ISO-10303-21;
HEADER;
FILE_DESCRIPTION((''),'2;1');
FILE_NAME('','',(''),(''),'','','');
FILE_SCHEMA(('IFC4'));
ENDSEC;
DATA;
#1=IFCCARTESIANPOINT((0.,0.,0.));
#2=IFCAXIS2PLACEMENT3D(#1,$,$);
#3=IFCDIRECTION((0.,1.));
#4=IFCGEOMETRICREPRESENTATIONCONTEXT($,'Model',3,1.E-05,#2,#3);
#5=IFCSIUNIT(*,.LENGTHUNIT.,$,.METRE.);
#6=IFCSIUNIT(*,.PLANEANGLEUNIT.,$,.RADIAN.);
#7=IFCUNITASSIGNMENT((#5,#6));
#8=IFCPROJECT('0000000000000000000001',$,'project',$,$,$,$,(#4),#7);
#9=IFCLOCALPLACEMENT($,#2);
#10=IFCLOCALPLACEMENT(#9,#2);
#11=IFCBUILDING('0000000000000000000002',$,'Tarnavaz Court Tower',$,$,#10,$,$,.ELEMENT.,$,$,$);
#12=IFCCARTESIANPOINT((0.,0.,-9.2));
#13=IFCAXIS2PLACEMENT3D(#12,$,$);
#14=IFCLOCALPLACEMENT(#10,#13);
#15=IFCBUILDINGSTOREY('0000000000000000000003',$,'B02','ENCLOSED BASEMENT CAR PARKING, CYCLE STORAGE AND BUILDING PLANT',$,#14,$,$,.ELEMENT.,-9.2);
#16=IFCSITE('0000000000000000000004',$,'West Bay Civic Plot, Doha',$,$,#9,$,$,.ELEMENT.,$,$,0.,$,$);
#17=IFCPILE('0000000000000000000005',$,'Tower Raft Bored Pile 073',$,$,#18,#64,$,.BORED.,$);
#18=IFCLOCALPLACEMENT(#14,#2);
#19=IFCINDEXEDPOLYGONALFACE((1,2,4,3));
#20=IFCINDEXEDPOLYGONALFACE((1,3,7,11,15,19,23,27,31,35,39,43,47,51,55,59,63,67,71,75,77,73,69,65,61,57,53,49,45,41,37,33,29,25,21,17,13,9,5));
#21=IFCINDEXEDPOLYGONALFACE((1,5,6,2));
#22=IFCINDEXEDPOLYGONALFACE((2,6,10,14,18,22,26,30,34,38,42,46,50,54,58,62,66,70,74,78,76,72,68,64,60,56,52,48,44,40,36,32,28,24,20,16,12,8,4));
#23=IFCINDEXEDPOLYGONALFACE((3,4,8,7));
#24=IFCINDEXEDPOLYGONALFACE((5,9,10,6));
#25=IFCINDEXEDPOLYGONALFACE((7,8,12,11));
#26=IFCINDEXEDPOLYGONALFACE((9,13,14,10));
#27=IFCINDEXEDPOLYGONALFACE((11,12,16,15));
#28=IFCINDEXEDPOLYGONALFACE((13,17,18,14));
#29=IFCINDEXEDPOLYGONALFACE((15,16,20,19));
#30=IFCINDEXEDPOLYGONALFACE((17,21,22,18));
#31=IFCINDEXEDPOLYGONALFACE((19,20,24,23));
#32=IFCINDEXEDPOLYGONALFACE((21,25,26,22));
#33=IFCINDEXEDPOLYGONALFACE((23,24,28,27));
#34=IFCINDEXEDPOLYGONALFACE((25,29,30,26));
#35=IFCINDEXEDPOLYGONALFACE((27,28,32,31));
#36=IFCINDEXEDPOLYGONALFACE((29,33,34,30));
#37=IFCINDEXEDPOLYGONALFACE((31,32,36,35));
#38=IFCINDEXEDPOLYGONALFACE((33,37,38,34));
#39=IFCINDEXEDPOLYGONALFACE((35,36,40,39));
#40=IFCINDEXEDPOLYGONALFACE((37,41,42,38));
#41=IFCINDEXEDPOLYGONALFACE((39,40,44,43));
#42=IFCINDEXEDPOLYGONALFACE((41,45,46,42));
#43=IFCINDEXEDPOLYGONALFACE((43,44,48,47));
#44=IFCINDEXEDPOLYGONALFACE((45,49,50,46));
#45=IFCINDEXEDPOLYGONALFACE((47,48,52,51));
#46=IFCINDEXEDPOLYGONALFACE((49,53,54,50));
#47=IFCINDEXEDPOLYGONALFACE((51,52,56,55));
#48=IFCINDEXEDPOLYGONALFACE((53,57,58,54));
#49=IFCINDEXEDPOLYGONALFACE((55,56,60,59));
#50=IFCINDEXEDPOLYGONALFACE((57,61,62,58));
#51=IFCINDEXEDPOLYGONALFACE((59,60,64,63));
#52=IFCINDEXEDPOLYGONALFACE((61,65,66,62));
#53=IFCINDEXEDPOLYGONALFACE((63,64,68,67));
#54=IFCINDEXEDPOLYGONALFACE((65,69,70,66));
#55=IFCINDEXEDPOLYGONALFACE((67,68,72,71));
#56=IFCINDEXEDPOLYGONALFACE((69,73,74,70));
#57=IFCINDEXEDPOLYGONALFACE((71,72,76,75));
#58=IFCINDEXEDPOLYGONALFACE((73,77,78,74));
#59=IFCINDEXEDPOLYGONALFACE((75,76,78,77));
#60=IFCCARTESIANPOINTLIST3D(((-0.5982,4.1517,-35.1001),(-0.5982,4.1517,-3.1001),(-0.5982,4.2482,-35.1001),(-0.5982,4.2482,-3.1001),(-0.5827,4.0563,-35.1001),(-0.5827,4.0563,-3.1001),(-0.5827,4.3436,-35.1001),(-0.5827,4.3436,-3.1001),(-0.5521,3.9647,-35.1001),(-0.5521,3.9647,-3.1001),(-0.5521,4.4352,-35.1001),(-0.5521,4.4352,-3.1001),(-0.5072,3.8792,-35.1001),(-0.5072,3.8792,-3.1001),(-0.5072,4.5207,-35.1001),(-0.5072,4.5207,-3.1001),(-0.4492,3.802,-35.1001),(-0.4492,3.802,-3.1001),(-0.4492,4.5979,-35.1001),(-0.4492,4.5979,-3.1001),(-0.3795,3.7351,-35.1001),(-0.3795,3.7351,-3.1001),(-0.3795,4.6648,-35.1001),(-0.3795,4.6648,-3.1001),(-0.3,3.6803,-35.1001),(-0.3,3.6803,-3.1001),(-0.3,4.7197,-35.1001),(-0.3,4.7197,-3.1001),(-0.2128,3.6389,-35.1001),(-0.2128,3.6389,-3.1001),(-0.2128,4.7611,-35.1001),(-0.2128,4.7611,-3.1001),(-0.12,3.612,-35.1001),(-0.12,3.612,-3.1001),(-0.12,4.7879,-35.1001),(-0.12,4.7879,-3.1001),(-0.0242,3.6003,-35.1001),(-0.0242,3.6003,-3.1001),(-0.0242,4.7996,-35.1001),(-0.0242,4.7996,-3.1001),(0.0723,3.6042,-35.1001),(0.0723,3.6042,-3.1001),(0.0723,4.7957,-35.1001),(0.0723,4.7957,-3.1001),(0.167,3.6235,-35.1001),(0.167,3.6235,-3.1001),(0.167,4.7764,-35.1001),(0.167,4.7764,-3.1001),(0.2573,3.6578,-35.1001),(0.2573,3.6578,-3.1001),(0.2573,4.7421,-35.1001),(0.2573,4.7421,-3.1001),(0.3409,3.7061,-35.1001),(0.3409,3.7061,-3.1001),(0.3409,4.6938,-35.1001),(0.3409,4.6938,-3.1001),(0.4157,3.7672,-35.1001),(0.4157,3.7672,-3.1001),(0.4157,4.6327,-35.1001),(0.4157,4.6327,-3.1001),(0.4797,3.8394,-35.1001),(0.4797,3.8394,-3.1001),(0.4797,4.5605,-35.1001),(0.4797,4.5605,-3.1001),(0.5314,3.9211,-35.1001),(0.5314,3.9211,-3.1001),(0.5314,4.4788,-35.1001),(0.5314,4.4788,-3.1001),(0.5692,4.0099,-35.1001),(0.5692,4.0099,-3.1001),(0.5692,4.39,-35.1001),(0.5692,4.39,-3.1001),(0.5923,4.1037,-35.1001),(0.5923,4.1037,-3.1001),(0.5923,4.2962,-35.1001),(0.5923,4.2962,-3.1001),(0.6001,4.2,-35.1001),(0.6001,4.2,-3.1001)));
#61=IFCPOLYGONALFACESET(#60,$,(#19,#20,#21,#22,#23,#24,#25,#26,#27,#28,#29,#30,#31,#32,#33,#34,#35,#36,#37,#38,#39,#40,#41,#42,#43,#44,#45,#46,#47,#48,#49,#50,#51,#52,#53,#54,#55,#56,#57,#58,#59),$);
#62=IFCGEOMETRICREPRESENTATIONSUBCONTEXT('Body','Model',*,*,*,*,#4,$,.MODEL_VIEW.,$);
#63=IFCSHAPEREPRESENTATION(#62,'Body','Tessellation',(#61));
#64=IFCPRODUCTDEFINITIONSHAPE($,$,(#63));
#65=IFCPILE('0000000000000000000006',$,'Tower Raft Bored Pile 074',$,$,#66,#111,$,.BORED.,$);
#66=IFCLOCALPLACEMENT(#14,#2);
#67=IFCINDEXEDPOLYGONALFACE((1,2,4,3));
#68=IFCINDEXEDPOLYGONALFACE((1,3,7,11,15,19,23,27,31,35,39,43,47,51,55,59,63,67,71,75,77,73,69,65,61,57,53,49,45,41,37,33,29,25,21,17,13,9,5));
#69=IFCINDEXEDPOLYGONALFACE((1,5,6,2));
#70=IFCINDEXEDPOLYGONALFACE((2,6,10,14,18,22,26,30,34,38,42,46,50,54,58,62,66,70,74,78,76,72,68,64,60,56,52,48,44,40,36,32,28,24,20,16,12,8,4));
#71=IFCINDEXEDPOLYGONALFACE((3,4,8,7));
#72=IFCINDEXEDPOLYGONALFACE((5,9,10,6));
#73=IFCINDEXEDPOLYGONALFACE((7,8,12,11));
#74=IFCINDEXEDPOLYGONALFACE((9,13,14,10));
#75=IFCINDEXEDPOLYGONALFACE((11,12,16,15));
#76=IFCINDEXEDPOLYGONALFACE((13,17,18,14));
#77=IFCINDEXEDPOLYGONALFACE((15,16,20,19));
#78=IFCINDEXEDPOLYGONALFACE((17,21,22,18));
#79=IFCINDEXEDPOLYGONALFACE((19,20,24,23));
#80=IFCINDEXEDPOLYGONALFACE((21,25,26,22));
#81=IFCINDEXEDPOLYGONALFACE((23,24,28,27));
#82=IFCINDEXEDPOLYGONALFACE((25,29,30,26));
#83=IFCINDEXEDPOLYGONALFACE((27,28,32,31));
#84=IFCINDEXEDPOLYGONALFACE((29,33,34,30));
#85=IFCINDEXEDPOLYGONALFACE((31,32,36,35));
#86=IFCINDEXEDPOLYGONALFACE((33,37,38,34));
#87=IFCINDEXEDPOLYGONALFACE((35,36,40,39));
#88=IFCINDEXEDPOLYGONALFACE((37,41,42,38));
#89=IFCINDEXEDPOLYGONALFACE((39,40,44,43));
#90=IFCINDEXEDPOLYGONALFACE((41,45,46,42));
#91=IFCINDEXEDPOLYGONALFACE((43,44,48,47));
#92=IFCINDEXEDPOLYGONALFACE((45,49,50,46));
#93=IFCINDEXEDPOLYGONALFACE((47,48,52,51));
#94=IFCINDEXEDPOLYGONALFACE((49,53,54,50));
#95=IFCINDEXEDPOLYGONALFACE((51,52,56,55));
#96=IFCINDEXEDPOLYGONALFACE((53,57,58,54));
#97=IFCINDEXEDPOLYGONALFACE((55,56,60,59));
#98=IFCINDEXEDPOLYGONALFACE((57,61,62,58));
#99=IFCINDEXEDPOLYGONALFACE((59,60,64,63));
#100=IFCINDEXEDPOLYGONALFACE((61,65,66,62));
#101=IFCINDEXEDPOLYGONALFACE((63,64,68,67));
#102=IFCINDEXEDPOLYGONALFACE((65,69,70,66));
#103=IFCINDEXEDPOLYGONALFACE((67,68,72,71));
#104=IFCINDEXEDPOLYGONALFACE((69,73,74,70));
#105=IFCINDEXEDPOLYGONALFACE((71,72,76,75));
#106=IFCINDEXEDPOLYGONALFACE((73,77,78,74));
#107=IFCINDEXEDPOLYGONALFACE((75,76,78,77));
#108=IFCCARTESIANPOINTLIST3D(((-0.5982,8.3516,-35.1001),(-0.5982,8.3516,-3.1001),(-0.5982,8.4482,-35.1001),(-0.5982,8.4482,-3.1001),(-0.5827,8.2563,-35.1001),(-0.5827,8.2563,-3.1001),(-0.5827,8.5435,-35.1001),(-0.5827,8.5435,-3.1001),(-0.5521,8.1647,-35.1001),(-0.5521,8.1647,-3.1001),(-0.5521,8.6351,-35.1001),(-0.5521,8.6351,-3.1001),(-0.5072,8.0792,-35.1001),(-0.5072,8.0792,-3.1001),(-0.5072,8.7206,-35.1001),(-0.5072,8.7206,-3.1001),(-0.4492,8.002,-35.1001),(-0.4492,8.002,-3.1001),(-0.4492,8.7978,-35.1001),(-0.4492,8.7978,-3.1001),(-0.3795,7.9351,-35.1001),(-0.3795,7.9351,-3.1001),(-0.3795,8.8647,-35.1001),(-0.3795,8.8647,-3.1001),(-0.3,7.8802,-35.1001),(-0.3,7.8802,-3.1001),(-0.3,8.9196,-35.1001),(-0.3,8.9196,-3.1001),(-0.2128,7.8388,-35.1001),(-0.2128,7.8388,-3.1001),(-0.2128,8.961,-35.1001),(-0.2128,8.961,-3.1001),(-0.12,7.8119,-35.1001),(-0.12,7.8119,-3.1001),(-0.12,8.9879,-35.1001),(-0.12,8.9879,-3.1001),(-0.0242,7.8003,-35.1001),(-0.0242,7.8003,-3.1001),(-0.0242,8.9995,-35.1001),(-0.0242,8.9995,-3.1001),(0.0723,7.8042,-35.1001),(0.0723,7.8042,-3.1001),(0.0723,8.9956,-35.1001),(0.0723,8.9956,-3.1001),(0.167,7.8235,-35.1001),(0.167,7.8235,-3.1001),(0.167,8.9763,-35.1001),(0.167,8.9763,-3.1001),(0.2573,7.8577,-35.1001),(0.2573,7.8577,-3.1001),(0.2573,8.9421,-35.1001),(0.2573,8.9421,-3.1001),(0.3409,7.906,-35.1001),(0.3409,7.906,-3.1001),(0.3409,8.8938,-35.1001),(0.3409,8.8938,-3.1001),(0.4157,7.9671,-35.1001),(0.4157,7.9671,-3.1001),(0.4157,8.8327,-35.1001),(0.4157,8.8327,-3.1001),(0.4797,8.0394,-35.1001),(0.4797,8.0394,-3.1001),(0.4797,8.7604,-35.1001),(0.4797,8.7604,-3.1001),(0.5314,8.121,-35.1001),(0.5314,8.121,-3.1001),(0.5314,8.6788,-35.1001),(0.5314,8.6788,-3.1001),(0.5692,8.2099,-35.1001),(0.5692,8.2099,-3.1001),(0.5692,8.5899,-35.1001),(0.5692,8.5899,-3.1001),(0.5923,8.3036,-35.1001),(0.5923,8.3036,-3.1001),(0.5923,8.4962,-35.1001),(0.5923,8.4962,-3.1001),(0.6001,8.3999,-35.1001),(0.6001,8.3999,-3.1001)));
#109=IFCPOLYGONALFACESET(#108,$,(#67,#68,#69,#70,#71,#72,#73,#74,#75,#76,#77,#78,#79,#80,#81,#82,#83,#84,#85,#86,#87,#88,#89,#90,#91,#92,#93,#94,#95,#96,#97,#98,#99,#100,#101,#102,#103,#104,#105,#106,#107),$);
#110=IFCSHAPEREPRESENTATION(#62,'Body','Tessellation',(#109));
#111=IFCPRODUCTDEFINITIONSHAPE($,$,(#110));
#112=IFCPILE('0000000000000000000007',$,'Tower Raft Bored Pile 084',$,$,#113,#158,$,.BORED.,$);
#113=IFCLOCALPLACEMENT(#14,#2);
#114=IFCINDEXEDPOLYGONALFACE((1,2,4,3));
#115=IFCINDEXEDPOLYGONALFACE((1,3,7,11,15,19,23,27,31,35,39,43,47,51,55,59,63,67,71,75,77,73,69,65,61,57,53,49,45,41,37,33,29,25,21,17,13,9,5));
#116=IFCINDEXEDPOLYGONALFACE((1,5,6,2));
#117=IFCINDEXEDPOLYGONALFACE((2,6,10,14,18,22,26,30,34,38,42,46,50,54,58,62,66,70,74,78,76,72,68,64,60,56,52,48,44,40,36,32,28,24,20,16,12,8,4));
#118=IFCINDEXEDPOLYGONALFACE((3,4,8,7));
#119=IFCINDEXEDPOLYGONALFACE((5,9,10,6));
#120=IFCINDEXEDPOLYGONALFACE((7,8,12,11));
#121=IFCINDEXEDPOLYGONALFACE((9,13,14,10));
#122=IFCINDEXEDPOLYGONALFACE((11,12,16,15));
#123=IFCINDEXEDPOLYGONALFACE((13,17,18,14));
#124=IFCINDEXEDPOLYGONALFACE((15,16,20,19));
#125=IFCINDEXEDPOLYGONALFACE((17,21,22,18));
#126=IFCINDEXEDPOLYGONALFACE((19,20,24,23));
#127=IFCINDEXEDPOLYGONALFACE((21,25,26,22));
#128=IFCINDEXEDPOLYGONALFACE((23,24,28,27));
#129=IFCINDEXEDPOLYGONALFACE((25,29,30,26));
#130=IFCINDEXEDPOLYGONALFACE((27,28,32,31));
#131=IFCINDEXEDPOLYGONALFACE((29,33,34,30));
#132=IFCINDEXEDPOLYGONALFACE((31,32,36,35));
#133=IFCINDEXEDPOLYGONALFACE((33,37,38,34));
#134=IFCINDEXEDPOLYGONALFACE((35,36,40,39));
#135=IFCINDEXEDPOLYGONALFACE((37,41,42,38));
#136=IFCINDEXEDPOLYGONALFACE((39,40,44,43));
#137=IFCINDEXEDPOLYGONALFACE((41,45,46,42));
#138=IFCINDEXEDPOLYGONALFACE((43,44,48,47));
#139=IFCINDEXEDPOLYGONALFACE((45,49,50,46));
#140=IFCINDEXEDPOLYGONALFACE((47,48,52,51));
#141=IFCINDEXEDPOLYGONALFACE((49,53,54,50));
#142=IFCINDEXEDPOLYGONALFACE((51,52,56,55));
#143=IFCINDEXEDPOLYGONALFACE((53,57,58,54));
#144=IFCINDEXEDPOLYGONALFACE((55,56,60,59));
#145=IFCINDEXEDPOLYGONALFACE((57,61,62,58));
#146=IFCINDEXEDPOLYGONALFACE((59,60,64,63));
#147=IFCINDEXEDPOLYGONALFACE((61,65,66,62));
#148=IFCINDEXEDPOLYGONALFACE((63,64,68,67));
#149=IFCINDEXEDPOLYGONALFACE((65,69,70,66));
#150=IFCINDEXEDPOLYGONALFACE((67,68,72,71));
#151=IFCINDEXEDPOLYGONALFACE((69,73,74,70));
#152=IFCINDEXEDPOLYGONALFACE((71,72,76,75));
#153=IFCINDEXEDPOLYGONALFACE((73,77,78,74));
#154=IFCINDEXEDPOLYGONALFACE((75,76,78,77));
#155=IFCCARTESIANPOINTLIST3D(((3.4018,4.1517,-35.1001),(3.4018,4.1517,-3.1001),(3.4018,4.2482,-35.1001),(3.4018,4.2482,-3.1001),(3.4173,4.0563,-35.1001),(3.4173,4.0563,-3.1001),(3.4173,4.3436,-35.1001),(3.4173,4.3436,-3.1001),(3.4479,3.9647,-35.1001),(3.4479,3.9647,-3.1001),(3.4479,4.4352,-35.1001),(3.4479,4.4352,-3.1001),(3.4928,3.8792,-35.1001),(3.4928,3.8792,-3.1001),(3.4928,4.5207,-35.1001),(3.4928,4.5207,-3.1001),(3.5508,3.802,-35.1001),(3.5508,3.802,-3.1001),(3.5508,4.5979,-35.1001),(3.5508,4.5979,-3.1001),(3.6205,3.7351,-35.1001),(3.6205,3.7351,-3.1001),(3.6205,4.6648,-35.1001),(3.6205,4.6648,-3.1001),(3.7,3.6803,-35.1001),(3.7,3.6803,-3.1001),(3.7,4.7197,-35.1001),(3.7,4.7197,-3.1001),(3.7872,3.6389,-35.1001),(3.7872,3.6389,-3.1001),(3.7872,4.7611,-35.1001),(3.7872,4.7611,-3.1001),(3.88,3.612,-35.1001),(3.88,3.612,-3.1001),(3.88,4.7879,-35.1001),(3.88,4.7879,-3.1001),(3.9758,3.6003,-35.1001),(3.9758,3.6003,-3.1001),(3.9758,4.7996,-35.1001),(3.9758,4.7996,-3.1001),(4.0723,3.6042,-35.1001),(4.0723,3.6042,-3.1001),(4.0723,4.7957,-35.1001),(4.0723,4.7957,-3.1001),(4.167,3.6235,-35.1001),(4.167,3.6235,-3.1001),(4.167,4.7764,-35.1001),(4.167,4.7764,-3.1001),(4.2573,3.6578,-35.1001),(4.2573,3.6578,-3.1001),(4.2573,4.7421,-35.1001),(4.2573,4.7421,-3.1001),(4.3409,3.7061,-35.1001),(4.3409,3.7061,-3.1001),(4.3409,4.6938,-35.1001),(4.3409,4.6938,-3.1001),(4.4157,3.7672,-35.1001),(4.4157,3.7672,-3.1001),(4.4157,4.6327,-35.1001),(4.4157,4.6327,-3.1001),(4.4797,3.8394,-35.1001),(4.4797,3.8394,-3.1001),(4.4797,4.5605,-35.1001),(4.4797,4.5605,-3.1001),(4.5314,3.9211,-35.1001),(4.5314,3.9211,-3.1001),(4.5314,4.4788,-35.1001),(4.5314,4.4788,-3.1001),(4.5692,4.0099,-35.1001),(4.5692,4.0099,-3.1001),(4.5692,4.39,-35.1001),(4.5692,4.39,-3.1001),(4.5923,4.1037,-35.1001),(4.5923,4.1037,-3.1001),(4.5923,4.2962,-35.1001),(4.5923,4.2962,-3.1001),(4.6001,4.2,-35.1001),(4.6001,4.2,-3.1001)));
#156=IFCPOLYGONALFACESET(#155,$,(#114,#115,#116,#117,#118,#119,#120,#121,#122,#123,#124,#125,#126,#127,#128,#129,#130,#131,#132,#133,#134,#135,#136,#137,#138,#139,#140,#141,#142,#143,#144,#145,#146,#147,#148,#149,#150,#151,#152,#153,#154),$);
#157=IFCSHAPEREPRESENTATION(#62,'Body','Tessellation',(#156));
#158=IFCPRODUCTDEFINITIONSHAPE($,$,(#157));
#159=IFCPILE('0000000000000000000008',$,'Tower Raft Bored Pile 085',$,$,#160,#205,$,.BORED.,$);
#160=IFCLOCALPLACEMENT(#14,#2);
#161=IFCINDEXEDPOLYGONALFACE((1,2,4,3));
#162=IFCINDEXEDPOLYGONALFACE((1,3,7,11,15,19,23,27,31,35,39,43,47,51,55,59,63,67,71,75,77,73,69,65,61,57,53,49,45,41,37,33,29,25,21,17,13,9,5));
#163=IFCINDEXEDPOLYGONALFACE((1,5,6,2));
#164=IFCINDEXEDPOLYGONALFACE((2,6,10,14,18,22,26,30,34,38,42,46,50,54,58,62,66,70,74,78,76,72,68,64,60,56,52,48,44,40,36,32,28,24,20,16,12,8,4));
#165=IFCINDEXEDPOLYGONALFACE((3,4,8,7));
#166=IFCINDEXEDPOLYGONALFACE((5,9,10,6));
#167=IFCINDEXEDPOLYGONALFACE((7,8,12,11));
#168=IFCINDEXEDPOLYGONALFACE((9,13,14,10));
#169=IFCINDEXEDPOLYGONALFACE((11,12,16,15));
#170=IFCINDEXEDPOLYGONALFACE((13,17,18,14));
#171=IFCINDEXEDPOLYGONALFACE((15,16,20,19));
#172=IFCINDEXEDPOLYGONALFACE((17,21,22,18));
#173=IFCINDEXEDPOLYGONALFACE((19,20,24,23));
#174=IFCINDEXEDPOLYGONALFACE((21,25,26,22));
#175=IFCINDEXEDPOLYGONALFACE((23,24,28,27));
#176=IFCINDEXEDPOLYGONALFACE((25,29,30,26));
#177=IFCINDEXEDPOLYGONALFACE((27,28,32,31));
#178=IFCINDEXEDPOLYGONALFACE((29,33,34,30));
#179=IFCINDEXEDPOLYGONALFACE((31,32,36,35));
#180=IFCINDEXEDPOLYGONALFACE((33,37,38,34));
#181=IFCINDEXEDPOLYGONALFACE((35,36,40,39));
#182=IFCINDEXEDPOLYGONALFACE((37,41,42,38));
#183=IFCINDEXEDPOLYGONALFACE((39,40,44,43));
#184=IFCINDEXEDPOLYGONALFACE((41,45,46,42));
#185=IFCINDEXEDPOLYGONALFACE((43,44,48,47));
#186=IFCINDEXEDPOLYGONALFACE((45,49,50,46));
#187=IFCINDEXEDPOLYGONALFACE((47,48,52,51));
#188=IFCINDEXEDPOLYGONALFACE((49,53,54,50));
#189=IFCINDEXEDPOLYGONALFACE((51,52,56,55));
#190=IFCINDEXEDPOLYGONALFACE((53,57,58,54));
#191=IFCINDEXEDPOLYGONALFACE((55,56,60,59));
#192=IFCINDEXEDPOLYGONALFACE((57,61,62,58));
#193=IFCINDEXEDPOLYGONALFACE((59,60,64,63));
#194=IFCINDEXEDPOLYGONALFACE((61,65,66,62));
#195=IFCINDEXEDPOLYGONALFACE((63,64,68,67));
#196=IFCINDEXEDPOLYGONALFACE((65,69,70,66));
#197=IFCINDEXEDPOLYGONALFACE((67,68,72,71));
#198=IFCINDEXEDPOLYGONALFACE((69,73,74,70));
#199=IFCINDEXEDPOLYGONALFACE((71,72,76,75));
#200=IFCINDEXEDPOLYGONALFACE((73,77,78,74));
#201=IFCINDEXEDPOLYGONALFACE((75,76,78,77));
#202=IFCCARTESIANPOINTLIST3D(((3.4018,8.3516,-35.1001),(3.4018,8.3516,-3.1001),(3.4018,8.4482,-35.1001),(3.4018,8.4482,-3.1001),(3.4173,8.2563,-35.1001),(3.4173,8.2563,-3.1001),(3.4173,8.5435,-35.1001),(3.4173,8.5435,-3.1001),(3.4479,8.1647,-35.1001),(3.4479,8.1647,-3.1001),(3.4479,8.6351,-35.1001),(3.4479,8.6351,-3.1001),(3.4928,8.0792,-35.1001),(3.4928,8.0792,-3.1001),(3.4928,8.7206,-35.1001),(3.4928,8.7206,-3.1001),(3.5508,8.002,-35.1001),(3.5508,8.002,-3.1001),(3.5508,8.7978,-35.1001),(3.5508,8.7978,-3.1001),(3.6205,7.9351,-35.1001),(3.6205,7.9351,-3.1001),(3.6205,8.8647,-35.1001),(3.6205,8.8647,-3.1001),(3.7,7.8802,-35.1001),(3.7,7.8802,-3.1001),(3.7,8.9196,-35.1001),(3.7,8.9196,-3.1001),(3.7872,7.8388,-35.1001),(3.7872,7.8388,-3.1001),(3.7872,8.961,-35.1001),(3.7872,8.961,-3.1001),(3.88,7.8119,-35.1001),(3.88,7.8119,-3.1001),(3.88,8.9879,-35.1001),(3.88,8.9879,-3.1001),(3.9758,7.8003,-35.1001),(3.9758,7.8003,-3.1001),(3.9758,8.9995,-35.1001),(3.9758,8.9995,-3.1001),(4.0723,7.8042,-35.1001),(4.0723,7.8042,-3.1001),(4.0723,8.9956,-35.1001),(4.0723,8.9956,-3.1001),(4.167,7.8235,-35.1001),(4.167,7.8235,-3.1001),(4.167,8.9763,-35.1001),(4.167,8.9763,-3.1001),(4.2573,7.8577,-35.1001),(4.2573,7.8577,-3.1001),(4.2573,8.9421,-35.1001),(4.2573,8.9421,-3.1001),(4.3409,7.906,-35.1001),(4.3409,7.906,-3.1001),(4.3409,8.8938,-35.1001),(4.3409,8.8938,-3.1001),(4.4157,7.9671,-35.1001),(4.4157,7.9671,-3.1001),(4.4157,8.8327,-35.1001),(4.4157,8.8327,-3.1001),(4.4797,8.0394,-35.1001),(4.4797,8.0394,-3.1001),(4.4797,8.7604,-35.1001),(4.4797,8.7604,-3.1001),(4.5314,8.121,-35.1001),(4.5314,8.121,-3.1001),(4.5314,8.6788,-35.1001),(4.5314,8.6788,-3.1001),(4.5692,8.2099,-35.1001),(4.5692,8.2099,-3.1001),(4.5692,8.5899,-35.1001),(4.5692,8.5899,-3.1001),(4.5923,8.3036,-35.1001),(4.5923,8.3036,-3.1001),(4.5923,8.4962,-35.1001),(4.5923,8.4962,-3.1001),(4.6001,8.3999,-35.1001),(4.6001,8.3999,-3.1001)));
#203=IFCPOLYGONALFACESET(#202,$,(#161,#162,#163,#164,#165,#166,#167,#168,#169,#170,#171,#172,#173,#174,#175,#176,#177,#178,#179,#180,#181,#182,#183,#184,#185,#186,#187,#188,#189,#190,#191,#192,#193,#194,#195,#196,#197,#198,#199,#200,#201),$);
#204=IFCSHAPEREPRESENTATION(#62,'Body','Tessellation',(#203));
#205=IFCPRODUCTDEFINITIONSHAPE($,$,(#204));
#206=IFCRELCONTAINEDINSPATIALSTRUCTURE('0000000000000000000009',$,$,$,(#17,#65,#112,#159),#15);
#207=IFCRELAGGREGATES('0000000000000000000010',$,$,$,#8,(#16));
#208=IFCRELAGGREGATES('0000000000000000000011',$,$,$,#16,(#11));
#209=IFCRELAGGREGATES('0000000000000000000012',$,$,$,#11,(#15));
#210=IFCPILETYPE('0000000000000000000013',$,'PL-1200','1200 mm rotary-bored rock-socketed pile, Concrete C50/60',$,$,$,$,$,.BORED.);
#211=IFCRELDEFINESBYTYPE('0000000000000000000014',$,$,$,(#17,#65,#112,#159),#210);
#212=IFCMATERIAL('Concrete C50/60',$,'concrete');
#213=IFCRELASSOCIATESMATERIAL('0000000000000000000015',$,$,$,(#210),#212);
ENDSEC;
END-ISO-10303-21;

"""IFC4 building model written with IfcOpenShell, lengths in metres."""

from ifc_helpers import new_model, si_unit, direction, frame, origin, origin_2d, place, context, subcontext, project, spatial, circle, extrude, material, material_profile, profile_set, type_object, element, save


model = new_model("IFC4")

# Units and contexts
model_context = context("Model", 3, precision=1e-05, world=origin(), true_north=direction((0.0, 1.0)))
body_context = subcontext(model_context, "Body", "Model", "MODEL_VIEW")
ifc_project = project(units=[si_unit("LENGTHUNIT", "METRE"), si_unit("PLANEANGLEUNIT", "RADIAN")], contexts=[model_context])

# Site, building, storey
site_placement = place(None, origin())
site = spatial("IfcSite", under=ifc_project, at=site_placement, Name="West Bay Civic Plot, Doha", CompositionType="ELEMENT", RefElevation=0.0)
building_placement = place(site_placement, origin())
building = spatial("IfcBuilding", under=site, at=building_placement, Name="Tarnavaz Court Tower", CompositionType="ELEMENT")
storey_placement = place(building_placement, frame((0.0, 0.0, -9.2)))
storey = spatial("IfcBuildingStorey", under=building, at=storey_placement, Name="B02", Description="ENCLOSED BASEMENT CAR PARKING, CYCLE STORAGE AND BUILDING PLANT", CompositionType="ELEMENT", Elevation=-9.2)

# Piles
ifc_material_1 = material(Name="Concrete C50/60", Category="concrete")
ifc_material_profile_1 = material_profile(ifc_material_1, circle(Radius=0.6001, at=origin_2d()), Name="PILE D1200")
ifc_profile_set_1 = profile_set([ifc_material_profile_1], Name="Concrete C50/60")
pile_type = type_object("IfcPileType", Name="PL-1200", Description="1200 mm rotary-bored rock-socketed pile, Concrete C50/60", PredefinedType="BORED", material=ifc_profile_set_1)
for number, where, z_axis, x_axis, name in (
    (1, (0.0, 4.2, -3.1001), (0.0, 0.0, -1.0), (1.0, 0.0, 0.0), "Tower Raft Bored Pile 073"),
    (2, (0.0, 8.3999, -3.1001), (0.0, 0.0, -1.0), (1.0, 0.0, 0.0), "Tower Raft Bored Pile 074"),
    (3, (4.0, 4.2, -3.1001), (0.0, 0.0, -1.0), (1.0, 0.0, 0.0), "Tower Raft Bored Pile 084"),
    (4, (4.0, 8.3999, -3.1001), (0.0, 0.0, -1.0), (1.0, 0.0, 0.0), "Tower Raft Bored Pile 085"),
):
    element("IfcPile", number, at=place(storey_placement, frame(where, z_axis=z_axis, x_axis=x_axis)), inside=storey, type_object=pile_type, Name=name, PredefinedType="BORED", context=body_context, shape_type="SweptSolid", body=[
        extrude(circle(Radius=0.6001, at=origin_2d()), origin(), (0.0, 0.0, 1.0), 32.0),
    ])

save(model, "model.ifc")
